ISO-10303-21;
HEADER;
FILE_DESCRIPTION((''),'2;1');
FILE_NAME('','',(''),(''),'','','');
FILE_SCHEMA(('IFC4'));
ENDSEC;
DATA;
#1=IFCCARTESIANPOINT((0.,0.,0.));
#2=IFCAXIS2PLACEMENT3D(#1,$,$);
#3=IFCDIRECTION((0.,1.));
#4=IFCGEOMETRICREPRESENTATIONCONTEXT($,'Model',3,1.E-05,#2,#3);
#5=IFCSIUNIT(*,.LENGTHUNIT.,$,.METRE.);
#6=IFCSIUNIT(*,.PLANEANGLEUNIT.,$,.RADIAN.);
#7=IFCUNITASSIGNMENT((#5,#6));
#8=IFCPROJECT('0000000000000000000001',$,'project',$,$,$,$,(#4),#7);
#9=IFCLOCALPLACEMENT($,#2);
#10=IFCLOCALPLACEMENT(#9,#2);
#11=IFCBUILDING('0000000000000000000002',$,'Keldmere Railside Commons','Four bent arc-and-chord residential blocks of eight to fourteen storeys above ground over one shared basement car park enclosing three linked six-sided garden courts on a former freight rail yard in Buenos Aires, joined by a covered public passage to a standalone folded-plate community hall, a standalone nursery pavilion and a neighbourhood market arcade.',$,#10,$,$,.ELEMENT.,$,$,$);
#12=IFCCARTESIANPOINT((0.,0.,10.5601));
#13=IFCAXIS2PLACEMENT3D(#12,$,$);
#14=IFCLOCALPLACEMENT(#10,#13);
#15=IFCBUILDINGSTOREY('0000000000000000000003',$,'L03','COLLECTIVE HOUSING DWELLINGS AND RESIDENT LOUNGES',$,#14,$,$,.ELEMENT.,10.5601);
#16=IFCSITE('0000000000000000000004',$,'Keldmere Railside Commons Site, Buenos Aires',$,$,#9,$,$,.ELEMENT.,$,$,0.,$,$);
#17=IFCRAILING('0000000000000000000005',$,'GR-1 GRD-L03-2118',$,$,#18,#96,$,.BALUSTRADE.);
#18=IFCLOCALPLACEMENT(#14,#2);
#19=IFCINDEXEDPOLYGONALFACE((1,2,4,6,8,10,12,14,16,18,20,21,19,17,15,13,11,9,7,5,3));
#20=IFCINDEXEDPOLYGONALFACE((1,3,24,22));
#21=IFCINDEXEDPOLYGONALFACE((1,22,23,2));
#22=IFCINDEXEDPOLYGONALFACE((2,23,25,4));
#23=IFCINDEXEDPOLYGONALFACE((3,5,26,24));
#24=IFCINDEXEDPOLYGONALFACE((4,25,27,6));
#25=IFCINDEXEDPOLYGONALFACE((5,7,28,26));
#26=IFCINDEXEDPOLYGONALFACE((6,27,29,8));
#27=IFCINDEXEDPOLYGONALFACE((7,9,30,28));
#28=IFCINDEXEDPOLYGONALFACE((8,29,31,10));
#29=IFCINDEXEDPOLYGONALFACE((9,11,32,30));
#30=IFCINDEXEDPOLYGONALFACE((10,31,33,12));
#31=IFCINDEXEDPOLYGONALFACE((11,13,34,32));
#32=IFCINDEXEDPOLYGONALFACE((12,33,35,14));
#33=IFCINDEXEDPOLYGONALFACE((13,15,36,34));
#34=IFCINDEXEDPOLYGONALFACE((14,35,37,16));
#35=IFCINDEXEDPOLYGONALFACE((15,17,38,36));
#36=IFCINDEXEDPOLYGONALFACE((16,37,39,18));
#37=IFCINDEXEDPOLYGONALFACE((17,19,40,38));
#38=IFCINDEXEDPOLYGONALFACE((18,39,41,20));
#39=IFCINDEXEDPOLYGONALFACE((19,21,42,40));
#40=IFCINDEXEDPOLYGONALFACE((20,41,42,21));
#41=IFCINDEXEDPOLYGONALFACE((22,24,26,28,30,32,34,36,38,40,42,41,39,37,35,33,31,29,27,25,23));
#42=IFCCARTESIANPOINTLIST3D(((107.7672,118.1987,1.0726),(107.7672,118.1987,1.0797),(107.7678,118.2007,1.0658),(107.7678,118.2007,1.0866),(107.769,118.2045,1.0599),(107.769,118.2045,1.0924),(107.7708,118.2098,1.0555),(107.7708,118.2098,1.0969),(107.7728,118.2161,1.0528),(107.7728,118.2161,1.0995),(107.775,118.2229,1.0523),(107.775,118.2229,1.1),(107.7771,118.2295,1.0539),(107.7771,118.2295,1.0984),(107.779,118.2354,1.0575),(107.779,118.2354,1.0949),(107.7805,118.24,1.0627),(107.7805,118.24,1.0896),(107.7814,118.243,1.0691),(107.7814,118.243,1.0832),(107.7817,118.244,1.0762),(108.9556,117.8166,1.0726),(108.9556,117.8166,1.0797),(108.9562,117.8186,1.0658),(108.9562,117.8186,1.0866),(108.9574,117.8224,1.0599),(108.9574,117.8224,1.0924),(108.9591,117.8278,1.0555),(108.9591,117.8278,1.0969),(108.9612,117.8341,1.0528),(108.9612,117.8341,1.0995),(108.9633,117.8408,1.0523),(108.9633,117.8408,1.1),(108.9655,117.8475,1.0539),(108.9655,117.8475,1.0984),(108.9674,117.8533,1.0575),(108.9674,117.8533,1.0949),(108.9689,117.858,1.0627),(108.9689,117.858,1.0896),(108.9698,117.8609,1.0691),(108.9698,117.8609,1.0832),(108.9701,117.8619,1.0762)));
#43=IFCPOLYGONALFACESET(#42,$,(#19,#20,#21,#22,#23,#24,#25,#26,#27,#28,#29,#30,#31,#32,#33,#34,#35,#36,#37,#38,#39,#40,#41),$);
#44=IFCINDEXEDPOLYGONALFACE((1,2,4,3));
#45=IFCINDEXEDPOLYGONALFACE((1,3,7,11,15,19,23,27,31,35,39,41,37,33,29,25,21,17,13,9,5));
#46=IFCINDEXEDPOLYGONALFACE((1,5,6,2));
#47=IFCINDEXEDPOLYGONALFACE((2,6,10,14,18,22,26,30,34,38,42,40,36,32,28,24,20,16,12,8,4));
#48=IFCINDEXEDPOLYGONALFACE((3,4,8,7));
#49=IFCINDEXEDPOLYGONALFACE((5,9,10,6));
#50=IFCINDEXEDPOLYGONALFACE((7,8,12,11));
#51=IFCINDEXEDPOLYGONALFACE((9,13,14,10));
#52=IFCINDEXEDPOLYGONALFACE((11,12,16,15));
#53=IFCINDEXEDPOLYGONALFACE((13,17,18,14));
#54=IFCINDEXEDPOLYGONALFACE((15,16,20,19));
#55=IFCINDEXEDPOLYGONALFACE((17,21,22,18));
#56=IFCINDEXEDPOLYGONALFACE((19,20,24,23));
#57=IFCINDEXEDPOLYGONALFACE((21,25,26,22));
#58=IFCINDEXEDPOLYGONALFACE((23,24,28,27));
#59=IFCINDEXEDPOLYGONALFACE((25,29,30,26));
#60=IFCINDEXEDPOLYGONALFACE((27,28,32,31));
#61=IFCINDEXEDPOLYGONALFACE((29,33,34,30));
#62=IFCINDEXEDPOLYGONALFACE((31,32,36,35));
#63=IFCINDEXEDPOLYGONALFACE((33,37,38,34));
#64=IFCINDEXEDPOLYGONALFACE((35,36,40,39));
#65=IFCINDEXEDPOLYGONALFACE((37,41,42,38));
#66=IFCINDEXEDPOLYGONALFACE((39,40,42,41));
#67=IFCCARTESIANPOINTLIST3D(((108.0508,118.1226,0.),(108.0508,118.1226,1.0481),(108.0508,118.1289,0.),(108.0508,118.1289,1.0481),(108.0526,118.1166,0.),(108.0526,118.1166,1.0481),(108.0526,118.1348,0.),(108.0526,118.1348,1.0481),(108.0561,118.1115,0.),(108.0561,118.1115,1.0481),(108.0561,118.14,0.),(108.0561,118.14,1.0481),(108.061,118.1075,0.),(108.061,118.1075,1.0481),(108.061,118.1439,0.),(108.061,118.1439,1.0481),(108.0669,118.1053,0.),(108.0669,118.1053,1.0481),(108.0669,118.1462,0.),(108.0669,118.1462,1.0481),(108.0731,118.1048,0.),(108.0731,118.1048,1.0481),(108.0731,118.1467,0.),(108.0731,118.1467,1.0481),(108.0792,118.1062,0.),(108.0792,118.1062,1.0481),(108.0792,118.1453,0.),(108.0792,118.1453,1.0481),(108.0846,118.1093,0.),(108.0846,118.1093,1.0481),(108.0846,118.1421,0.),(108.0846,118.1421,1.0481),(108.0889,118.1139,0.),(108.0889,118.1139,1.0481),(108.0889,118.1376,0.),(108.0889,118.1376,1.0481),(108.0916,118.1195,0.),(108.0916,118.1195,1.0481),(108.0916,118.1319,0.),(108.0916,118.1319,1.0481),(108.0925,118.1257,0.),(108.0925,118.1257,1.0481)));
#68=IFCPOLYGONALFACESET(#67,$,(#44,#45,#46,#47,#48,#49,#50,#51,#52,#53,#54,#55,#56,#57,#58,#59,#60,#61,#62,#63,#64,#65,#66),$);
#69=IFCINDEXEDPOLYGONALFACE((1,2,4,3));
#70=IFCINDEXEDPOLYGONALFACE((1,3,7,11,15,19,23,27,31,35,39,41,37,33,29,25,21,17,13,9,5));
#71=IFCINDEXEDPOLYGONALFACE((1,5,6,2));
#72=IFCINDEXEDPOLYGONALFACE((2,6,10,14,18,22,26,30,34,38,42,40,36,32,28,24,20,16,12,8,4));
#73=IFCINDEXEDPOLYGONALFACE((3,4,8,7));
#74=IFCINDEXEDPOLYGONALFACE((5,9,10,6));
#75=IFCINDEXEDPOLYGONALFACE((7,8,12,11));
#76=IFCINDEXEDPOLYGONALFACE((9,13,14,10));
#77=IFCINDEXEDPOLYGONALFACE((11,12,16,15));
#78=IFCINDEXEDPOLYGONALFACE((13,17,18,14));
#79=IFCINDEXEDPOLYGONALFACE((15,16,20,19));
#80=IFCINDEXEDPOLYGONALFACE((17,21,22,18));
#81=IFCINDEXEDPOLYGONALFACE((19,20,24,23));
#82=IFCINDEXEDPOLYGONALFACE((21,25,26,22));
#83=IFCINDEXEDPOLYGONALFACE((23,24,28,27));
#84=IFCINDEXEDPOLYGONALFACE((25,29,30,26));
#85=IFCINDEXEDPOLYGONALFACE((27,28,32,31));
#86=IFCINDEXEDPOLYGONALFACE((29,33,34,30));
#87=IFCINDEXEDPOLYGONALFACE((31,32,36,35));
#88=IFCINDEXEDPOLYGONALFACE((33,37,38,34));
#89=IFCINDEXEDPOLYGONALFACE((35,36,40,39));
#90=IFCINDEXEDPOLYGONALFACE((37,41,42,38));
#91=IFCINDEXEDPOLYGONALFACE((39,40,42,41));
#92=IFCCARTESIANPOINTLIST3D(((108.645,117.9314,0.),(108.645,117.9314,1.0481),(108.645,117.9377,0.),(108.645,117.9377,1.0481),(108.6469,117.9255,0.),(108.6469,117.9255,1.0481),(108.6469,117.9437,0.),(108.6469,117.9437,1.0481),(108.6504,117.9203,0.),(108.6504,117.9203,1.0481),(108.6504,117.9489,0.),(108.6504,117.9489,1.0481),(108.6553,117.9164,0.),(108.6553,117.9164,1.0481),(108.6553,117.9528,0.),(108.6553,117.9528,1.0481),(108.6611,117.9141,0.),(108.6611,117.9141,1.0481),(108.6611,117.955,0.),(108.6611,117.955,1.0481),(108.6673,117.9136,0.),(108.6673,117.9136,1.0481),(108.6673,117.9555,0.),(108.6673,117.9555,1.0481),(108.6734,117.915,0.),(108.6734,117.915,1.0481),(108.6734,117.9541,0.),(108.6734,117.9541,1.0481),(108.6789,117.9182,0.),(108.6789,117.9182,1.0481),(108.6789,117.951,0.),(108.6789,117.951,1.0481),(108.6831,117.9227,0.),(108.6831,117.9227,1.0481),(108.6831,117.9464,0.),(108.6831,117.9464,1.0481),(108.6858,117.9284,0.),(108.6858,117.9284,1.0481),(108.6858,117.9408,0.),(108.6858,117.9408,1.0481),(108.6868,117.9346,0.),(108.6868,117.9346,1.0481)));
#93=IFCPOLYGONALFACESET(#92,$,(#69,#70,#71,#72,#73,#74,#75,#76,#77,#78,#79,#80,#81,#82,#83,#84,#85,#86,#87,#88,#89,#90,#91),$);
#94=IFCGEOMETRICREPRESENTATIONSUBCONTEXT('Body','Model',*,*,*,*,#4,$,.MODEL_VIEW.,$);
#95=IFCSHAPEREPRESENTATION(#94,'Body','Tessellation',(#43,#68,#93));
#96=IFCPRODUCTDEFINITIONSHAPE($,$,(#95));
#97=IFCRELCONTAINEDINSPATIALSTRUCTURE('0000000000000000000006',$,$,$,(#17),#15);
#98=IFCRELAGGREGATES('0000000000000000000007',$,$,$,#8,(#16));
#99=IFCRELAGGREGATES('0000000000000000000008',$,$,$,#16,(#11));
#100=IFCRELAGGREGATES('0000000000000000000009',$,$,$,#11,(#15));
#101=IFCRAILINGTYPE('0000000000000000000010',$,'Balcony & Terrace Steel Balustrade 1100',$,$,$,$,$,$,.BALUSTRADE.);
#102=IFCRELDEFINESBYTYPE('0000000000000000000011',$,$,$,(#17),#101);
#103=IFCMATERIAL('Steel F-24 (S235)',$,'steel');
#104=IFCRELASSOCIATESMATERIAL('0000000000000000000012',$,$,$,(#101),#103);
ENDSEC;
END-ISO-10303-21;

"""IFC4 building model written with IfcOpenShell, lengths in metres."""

from ifc_helpers import new_model, si_unit, direction, frame, origin, origin_2d, place, context, subcontext, project, spatial, circle, extrude, material, type_object, element, save


model = new_model("IFC4")

# Units and contexts
model_context = context("Model", 3, precision=1e-05, world=origin(), true_north=direction((0.0, 1.0)))
body_context = subcontext(model_context, "Body", "Model", "MODEL_VIEW")
ifc_project = project(units=[si_unit("LENGTHUNIT", "METRE"), si_unit("PLANEANGLEUNIT", "RADIAN")], contexts=[model_context])

# Site, building, storey
site_placement = place(None, origin())
site = spatial("IfcSite", under=ifc_project, at=site_placement, Name="Keldmere Railside Commons Site, Buenos Aires", CompositionType="ELEMENT", RefElevation=0.0)
building_placement = place(site_placement, origin())
building = spatial("IfcBuilding", under=site, at=building_placement, Name="Keldmere Railside Commons", Description="Four bent arc-and-chord residential blocks of eight to fourteen storeys above ground over one shared basement car park enclosing three linked six-sided garden courts on a former freight rail yard in Buenos Aires, joined by a covered public passage to a standalone folded-plate community hall, a standalone nursery pavilion and a neighbourhood market arcade.", CompositionType="ELEMENT")
storey_placement = place(building_placement, frame((0.0, 0.0, 10.5601)))
storey = spatial("IfcBuildingStorey", under=building, at=storey_placement, Name="L03", Description="COLLECTIVE HOUSING DWELLINGS AND RESIDENT LOUNGES", CompositionType="ELEMENT", Elevation=10.5601)

# Railing
ifc_material_1 = material(Name="Steel F-24 (S235)", Category="steel")
railing_type = type_object("IfcRailingType", Name="Balcony & Terrace Steel Balustrade 1100", PredefinedType="BALUSTRADE", material=ifc_material_1)
railing_1_placement = place(storey_placement, frame((107.7744, 118.2212, 0.0)))
element("IfcRailing", 1, at=railing_1_placement, inside=storey, type_object=railing_type, Name="GR-1 GRD-L03-2118", PredefinedType="BALUSTRADE", context=body_context, shape_type="SweptSolid", body=[
    extrude(circle(Radius=0.0239, at=origin_2d()), frame((0.0, 0.0, 1.0762), z_axis=(0.952012, -0.30606, 0.0), x_axis=(0.30606, 0.952012, 0.0)), (0.0, 0.0, 1.0), 1.2483),
    extrude(circle(Radius=0.021, at=origin_2d()), frame((0.2971, -0.0955, 0.0)), (0.0, 0.0, 1.0), 1.0481),
    extrude(circle(Radius=0.021, at=origin_2d()), frame((0.8914, -0.2866, 0.0)), (0.0, 0.0, 1.0), 1.0481),
])

save(model, "model.ifc")
